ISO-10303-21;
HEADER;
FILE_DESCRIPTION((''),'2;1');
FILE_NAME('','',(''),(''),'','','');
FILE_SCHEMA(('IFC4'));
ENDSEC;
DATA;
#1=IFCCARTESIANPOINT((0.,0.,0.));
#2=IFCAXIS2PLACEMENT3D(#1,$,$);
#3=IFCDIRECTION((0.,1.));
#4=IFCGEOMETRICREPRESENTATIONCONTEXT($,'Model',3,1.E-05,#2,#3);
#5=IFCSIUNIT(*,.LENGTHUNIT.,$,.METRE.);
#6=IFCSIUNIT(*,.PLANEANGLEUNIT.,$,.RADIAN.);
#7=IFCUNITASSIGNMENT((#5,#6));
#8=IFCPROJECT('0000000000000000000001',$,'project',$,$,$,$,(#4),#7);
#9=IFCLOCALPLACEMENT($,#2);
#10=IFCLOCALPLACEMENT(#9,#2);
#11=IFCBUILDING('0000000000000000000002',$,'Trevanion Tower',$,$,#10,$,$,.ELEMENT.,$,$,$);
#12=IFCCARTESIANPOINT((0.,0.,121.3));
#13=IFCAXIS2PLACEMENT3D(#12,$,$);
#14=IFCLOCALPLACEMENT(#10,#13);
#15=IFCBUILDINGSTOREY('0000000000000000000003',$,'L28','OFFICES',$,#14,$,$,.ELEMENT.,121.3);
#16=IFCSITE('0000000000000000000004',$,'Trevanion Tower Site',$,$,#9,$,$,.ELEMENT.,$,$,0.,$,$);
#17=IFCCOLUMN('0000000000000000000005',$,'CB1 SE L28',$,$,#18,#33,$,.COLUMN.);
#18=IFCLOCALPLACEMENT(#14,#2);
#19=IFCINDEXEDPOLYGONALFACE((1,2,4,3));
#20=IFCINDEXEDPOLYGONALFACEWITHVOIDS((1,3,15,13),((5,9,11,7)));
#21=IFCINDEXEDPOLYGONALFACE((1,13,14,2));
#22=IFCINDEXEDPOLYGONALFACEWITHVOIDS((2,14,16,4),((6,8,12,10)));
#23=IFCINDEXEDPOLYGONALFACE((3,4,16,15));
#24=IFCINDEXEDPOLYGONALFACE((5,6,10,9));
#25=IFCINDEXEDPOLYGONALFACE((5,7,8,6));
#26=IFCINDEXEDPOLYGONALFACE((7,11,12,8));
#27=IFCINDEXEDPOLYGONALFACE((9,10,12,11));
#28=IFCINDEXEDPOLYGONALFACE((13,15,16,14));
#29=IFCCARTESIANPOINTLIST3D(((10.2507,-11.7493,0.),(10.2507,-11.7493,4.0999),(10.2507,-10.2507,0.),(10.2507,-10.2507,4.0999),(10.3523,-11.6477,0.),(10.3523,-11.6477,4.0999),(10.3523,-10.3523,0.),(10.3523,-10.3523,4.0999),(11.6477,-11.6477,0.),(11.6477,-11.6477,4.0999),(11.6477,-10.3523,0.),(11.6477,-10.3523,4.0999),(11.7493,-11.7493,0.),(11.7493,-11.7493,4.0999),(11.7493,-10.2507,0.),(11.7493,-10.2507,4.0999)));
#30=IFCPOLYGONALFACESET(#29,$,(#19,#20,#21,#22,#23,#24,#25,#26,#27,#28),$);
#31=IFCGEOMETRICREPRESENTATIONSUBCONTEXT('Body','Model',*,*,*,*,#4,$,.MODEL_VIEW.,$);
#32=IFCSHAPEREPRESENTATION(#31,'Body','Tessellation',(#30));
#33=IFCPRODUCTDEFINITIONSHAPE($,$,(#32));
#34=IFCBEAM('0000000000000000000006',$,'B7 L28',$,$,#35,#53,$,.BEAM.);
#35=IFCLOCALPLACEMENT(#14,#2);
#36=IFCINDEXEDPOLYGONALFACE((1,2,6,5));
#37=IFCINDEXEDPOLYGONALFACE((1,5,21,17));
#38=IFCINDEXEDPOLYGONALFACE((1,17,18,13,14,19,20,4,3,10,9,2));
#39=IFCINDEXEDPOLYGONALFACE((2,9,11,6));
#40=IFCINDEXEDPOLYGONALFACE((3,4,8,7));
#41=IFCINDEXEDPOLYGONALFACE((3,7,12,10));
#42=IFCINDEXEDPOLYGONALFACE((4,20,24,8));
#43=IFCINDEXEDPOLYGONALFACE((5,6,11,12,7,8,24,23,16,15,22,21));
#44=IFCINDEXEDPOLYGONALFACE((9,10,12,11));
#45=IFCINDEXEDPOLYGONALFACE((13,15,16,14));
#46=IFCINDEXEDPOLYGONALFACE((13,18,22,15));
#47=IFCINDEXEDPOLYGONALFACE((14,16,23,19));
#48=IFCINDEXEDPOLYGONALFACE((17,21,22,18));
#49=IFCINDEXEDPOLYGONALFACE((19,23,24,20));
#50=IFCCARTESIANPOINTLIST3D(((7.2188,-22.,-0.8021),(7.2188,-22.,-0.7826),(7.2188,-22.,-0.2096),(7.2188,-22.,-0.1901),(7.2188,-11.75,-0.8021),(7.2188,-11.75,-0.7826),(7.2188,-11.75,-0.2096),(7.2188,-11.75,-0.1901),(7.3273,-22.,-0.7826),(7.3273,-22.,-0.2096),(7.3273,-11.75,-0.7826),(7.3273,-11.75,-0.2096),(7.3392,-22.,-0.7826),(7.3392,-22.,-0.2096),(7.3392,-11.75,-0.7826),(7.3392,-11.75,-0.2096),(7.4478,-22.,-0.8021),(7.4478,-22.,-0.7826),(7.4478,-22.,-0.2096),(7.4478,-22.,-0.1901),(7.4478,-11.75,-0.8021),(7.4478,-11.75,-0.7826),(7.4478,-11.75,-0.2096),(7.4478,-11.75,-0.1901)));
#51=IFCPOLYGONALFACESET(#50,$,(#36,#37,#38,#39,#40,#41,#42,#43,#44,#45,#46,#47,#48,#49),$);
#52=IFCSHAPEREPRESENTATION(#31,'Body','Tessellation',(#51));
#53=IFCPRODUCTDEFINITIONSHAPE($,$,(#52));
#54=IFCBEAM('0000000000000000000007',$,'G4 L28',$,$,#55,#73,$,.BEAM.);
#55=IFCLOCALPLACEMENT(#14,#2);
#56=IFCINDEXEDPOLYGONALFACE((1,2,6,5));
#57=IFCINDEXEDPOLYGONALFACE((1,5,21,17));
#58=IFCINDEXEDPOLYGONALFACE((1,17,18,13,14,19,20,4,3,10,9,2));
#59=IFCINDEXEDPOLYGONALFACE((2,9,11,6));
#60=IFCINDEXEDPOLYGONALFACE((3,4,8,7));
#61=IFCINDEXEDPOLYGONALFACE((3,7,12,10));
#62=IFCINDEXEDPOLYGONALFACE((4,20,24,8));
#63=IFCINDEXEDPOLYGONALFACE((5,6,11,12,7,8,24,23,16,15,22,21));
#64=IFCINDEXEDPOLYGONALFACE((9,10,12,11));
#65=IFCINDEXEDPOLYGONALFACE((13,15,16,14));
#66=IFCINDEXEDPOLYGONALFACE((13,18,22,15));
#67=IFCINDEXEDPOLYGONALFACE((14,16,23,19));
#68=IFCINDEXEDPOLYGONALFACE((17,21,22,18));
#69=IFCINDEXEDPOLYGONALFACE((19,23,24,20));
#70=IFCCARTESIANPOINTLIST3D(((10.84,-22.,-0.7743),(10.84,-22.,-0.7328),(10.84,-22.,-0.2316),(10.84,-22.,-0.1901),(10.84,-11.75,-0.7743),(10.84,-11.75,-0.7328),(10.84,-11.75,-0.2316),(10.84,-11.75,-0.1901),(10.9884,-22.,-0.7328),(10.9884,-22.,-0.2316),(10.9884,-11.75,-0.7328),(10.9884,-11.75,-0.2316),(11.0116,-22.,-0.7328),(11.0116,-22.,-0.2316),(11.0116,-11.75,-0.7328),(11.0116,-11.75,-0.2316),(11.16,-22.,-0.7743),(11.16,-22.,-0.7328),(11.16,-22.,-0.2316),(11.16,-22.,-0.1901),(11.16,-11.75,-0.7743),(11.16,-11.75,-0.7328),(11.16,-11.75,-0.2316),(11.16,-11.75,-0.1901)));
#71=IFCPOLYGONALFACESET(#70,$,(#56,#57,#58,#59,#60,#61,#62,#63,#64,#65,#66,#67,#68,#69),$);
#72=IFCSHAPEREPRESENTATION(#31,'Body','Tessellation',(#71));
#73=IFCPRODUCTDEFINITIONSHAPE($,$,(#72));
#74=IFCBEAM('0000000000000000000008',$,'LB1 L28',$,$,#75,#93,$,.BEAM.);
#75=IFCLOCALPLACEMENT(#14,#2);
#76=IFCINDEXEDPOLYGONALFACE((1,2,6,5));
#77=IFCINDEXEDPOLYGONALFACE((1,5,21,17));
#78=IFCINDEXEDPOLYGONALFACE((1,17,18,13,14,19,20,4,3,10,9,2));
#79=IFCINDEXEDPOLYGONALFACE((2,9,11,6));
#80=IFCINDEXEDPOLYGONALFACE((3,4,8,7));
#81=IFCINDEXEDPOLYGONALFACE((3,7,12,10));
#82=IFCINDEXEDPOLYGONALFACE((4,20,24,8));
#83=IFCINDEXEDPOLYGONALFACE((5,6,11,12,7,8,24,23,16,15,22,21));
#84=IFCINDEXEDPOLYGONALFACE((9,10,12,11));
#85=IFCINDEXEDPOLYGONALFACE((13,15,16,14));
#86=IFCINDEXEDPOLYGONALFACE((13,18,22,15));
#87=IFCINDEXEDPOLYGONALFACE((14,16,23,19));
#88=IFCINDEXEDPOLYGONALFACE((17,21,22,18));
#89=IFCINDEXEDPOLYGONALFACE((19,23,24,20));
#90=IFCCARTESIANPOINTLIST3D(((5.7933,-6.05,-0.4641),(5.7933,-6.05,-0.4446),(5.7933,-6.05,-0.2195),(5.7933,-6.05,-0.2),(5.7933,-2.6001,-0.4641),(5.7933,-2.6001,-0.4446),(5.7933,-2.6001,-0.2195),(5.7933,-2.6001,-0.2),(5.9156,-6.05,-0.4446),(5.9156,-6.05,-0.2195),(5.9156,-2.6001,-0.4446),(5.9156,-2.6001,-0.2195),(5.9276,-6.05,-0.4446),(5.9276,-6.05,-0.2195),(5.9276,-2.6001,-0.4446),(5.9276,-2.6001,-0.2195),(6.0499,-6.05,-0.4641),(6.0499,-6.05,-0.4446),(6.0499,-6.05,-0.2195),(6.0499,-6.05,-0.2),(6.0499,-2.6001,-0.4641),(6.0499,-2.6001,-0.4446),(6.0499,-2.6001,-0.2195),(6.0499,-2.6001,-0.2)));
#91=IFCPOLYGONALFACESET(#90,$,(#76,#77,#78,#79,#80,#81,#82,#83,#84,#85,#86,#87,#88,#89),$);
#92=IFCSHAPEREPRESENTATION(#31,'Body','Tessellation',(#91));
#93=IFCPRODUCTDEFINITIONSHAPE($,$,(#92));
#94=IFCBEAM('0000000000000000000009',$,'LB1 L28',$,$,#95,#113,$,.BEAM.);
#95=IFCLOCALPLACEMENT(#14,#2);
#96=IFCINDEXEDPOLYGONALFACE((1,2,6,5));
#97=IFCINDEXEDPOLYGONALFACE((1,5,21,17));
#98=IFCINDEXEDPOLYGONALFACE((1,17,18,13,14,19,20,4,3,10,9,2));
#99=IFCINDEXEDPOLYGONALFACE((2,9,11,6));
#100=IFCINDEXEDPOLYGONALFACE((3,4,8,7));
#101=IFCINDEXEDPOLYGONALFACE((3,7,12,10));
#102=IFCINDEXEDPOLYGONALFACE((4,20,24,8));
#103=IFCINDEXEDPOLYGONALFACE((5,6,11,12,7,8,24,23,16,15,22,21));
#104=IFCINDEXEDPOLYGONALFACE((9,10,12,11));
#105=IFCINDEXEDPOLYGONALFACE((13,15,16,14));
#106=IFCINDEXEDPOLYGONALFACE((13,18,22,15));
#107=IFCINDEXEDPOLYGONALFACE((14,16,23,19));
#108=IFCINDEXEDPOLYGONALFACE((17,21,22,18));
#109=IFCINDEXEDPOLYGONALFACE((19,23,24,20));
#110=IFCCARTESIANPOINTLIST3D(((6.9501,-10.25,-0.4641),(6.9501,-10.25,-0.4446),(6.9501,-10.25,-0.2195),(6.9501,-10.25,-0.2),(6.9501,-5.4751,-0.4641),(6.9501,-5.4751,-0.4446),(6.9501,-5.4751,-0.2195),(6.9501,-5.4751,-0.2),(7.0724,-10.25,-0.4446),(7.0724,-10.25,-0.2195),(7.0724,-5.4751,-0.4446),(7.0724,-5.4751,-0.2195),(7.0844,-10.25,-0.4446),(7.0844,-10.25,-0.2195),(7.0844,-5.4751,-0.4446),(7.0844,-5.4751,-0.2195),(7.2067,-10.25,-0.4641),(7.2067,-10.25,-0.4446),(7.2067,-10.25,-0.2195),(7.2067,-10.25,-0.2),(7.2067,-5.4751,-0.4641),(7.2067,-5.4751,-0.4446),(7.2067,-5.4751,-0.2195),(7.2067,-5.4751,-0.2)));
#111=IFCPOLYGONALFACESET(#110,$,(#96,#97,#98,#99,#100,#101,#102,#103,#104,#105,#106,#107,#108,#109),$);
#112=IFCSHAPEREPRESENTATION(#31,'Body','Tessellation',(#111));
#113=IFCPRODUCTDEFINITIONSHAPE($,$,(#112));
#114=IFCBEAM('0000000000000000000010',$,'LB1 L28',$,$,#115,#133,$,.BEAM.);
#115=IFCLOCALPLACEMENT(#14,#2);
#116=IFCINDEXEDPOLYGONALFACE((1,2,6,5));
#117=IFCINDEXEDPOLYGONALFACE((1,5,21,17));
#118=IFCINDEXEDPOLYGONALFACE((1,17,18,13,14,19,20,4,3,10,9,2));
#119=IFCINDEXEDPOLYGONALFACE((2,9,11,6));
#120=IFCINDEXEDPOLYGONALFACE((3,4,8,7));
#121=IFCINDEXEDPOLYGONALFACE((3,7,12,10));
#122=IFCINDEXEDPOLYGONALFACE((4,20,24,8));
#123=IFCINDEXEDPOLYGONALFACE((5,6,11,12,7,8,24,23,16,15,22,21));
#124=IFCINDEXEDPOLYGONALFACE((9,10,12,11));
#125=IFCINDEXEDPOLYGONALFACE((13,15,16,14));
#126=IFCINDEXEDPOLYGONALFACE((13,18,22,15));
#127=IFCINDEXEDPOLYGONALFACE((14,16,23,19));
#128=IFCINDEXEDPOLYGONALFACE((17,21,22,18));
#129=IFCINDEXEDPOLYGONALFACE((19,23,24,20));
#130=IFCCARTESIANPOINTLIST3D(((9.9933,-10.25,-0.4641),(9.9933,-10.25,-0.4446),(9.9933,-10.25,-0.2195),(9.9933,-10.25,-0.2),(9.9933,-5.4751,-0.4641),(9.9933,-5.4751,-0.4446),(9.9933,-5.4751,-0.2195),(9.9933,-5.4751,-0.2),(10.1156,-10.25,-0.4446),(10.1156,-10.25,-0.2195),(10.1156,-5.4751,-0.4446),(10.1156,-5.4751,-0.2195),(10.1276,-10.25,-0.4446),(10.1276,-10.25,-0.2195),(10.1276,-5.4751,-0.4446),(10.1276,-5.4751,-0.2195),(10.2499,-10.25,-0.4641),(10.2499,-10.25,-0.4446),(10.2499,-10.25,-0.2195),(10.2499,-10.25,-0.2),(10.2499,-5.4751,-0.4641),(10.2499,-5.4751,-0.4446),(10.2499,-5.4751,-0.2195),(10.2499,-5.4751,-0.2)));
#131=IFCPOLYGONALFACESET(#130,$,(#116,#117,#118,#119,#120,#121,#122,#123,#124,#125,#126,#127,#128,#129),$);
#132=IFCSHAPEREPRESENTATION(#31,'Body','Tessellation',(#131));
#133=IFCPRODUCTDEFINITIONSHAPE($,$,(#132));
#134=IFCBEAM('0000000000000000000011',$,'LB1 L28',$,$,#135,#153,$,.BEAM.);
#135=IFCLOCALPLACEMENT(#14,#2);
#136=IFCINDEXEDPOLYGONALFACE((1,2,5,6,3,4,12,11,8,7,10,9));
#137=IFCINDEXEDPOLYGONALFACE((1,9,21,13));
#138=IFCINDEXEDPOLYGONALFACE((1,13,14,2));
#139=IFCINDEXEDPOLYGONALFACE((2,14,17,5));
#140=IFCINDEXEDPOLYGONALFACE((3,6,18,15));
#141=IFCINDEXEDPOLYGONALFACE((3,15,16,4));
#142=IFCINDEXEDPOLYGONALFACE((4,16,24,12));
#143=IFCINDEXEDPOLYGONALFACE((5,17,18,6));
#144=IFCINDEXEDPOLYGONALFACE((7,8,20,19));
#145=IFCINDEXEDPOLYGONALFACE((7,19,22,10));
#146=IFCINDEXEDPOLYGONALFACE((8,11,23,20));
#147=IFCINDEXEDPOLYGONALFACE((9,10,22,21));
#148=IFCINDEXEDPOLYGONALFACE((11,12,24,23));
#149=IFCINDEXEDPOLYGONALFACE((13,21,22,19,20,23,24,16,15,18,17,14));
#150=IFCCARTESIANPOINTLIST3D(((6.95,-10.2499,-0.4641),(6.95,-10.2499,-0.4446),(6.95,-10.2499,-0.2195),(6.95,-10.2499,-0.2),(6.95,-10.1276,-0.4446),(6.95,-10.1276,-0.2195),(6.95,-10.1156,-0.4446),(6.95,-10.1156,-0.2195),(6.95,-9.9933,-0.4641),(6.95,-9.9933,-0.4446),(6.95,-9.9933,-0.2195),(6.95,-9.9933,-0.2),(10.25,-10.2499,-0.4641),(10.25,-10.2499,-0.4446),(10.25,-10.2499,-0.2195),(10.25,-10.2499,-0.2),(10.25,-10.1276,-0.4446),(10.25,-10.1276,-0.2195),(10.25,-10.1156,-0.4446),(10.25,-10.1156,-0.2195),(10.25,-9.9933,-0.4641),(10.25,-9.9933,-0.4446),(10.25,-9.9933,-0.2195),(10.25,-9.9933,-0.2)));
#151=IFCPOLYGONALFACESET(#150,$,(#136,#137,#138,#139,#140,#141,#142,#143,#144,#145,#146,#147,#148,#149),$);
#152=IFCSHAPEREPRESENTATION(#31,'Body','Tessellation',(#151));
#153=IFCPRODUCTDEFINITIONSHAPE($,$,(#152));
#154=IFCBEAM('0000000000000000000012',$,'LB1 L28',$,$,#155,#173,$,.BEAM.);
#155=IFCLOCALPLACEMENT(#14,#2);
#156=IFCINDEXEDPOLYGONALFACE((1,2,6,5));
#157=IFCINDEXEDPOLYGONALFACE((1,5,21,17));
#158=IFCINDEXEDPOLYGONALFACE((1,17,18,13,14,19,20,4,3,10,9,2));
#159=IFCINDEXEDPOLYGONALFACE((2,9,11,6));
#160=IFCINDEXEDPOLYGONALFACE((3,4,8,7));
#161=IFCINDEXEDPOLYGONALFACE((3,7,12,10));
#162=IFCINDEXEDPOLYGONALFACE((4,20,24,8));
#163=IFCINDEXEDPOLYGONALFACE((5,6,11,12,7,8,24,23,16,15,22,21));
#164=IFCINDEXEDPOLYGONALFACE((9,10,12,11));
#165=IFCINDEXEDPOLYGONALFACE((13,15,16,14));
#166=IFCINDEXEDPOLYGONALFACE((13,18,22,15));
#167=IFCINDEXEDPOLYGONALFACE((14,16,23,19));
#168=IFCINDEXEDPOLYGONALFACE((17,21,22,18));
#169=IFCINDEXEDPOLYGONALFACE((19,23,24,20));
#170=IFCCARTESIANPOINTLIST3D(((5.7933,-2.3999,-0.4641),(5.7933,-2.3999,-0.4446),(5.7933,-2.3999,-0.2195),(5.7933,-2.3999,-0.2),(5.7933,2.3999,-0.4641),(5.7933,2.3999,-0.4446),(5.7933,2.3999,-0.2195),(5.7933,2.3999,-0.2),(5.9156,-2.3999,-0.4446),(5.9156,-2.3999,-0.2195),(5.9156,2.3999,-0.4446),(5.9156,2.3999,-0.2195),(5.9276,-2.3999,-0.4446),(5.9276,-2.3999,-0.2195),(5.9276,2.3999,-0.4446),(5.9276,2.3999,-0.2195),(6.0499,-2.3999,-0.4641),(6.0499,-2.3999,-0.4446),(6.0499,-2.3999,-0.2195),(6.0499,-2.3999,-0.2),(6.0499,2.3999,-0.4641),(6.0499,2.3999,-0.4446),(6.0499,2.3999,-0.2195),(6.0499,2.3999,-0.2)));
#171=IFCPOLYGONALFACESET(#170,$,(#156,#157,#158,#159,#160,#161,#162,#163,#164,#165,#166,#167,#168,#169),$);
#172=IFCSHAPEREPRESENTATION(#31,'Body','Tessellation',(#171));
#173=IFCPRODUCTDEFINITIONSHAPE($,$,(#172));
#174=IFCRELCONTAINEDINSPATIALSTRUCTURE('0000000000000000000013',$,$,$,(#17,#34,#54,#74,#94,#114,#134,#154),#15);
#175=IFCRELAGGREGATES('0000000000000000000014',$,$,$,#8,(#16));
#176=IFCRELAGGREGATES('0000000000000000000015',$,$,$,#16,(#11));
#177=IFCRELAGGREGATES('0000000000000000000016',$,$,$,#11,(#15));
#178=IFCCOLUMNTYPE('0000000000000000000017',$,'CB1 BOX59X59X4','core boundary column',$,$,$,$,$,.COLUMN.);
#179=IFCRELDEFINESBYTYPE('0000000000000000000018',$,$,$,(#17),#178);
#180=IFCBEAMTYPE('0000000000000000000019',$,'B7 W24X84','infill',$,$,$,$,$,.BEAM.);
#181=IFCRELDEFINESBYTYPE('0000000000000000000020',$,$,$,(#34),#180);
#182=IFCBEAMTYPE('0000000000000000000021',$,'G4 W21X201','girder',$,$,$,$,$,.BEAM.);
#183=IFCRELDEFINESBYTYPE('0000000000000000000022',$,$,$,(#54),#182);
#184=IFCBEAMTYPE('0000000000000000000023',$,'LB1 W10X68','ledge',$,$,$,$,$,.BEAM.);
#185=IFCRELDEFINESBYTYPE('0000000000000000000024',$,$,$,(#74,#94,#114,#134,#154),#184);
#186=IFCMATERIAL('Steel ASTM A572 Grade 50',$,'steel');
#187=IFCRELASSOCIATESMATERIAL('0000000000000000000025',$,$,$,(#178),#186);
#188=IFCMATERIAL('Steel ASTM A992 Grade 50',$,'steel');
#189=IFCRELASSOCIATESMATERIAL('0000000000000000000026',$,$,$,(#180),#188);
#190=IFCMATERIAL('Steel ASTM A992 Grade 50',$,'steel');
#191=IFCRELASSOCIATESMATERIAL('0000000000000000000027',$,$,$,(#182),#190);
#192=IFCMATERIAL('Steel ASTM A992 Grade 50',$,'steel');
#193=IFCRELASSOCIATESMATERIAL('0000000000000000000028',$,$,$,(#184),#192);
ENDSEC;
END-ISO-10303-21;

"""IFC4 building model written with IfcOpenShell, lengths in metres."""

from ifc_helpers import new_model, si_unit, direction, frame, origin, origin_2d, place, context, subcontext, project, spatial, hollow_rectangle, i_section, extrude, material, material_profile, profile_set, type_object, element, save


model = new_model("IFC4")

# Units and contexts
model_context = context("Model", 3, precision=1e-05, world=origin(), true_north=direction((0.0, 1.0)))
body_context = subcontext(model_context, "Body", "Model", "MODEL_VIEW")
ifc_project = project(units=[si_unit("LENGTHUNIT", "METRE"), si_unit("PLANEANGLEUNIT", "RADIAN")], contexts=[model_context])

# Site, building, storey
site_placement = place(None, origin())
site = spatial("IfcSite", under=ifc_project, at=site_placement, Name="Trevanion Tower Site", CompositionType="ELEMENT", RefElevation=0.0)
building_placement = place(site_placement, origin())
building = spatial("IfcBuilding", under=site, at=building_placement, Name="Trevanion Tower", CompositionType="ELEMENT")
storey_placement = place(building_placement, frame((0.0, 0.0, 121.3)))
storey = spatial("IfcBuildingStorey", under=building, at=storey_placement, Name="L28", Description="OFFICES", CompositionType="ELEMENT", Elevation=121.3)

# Column
ifc_material_1 = material(Name="Steel ASTM A572 Grade 50", Category="steel")
ifc_material_profile_1 = material_profile(ifc_material_1, hollow_rectangle(XDim=1.4985, YDim=1.4985, WallThickness=0.1016, at=origin_2d()), Name="BOX59X59X4")
ifc_profile_set_1 = profile_set([ifc_material_profile_1], Name="Steel ASTM A572 Grade 50")
column_type = type_object("IfcColumnType", Name="CB1 BOX59X59X4", Description="core boundary column", PredefinedType="COLUMN", material=ifc_profile_set_1)
column_placement = place(storey_placement, frame((11.0, -11.0, 0.0), z_axis=(0.0, 0.0, 1.0), x_axis=(1.0, 0.0, 0.0)))
element("IfcColumn", 1, at=column_placement, inside=storey, type_object=column_type, Name="CB1 SE L28", PredefinedType="COLUMN", context=body_context, shape_type="SweptSolid", body=[
    extrude(hollow_rectangle(XDim=1.4985, YDim=1.4985, WallThickness=0.1016, at=origin_2d()), origin(), (0.0, 0.0, 1.0), 4.0999),
])

# Beams
ifc_material_2 = material(Name="Steel ASTM A992 Grade 50", Category="steel")
ifc_material_profile_2 = material_profile(ifc_material_2, i_section(OverallWidth=0.229, OverallDepth=0.6121, WebThickness=0.012, FlangeThickness=0.0195, at=origin_2d()), Name="W24X84")
ifc_profile_set_2 = profile_set([ifc_material_profile_2], Name="Steel ASTM A992 Grade 50")
beam_type_1 = type_object("IfcBeamType", Name="B7 W24X84", Description="infill", PredefinedType="BEAM", material=ifc_profile_set_2)
beam_1_placement = place(storey_placement, frame((7.3333, -11.75, -0.4961), z_axis=(0.0, -1.0, 0.0), x_axis=(1.0, 0.0, 0.0)))
element("IfcBeam", 2, at=beam_1_placement, inside=storey, type_object=beam_type_1, Name="B7 L28", PredefinedType="BEAM", context=body_context, shape_type="SweptSolid", body=[
    extrude(i_section(OverallWidth=0.229, OverallDepth=0.6121, WebThickness=0.012, FlangeThickness=0.0195, at=origin_2d()), origin(), (0.0, 0.0, 1.0), 10.25),
])
ifc_material_3 = material(Name="Steel ASTM A992 Grade 50", Category="steel")
ifc_material_profile_3 = material_profile(ifc_material_3, i_section(OverallWidth=0.3201, OverallDepth=0.5842, WebThickness=0.0232, FlangeThickness=0.0415, at=origin_2d()), Name="W21X201")
ifc_profile_set_3 = profile_set([ifc_material_profile_3], Name="Steel ASTM A992 Grade 50")
beam_type_2 = type_object("IfcBeamType", Name="G4 W21X201", Description="girder", PredefinedType="BEAM", material=ifc_profile_set_3)
beam_2_placement = place(storey_placement, frame((11.0, -11.75, -0.4822), z_axis=(0.0, -1.0, 0.0), x_axis=(1.0, 0.0, 0.0)))
element("IfcBeam", 3, at=beam_2_placement, inside=storey, type_object=beam_type_2, Name="G4 L28", PredefinedType="BEAM", context=body_context, shape_type="SweptSolid", body=[
    extrude(i_section(OverallWidth=0.3201, OverallDepth=0.5842, WebThickness=0.0232, FlangeThickness=0.0415, at=origin_2d()), origin(), (0.0, 0.0, 1.0), 10.25),
])
ifc_material_4 = material(Name="Steel ASTM A992 Grade 50", Category="steel")
ifc_material_profile_4 = material_profile(ifc_material_4, i_section(OverallWidth=0.2566, OverallDepth=0.2642, WebThickness=0.012, FlangeThickness=0.0195, at=origin_2d()), Name="W10X68")
ifc_profile_set_4 = profile_set([ifc_material_profile_4], Name="Steel ASTM A992 Grade 50")
beam_type_3 = type_object("IfcBeamType", Name="LB1 W10X68", Description="ledge", PredefinedType="BEAM", material=ifc_profile_set_4)
beam_3_placement = place(storey_placement, frame((5.9216, -6.05, -0.332), z_axis=(0.0, 1.0, 0.0), x_axis=(-1.0, 0.0, 0.0)))
element("IfcBeam", 4, at=beam_3_placement, inside=storey, type_object=beam_type_3, Name="LB1 L28", PredefinedType="BEAM", context=body_context, shape_type="SweptSolid", body=[
    extrude(i_section(OverallWidth=0.2566, OverallDepth=0.2642, WebThickness=0.012, FlangeThickness=0.0195, at=origin_2d()), origin(), (0.0, 0.0, 1.0), 3.45),
])
for number, where, z_axis, x_axis, name in (
    (5, (7.0784, -10.25, -0.332), (0.0, 1.0, 0.0), (-1.0, 0.0, 0.0), "LB1 L28"),
    (6, (10.1216, -10.25, -0.332), (0.0, 1.0, 0.0), (-1.0, 0.0, 0.0), "LB1 L28"),
):
    element("IfcBeam", number, at=place(storey_placement, frame(where, z_axis=z_axis, x_axis=x_axis)), inside=storey, type_object=beam_type_3, Name=name, PredefinedType="BEAM", context=body_context, shape_type="SweptSolid", body=[
        extrude(i_section(OverallWidth=0.2566, OverallDepth=0.2642, WebThickness=0.012, FlangeThickness=0.0195, at=origin_2d()), origin(), (0.0, 0.0, 1.0), 4.7749),
    ])
beam_4_placement = place(storey_placement, frame((6.95, -10.1216, -0.332), z_axis=(1.0, 0.0, 0.0), x_axis=(0.0, 1.0, 0.0)))
element("IfcBeam", 7, at=beam_4_placement, inside=storey, type_object=beam_type_3, Name="LB1 L28", PredefinedType="BEAM", context=body_context, shape_type="SweptSolid", body=[
    extrude(i_section(OverallWidth=0.2566, OverallDepth=0.2642, WebThickness=0.012, FlangeThickness=0.0195, at=origin_2d()), origin(), (0.0, 0.0, 1.0), 3.3),
])
beam_5_placement = place(storey_placement, frame((5.9216, -2.3999, -0.332), z_axis=(0.0, 1.0, 0.0), x_axis=(-1.0, 0.0, 0.0)))
element("IfcBeam", 8, at=beam_5_placement, inside=storey, type_object=beam_type_3, Name="LB1 L28", PredefinedType="BEAM", context=body_context, shape_type="SweptSolid", body=[
    extrude(i_section(OverallWidth=0.2566, OverallDepth=0.2642, WebThickness=0.012, FlangeThickness=0.0195, at=origin_2d()), origin(), (0.0, 0.0, 1.0), 4.7998),
])

save(model, "model.ifc")
